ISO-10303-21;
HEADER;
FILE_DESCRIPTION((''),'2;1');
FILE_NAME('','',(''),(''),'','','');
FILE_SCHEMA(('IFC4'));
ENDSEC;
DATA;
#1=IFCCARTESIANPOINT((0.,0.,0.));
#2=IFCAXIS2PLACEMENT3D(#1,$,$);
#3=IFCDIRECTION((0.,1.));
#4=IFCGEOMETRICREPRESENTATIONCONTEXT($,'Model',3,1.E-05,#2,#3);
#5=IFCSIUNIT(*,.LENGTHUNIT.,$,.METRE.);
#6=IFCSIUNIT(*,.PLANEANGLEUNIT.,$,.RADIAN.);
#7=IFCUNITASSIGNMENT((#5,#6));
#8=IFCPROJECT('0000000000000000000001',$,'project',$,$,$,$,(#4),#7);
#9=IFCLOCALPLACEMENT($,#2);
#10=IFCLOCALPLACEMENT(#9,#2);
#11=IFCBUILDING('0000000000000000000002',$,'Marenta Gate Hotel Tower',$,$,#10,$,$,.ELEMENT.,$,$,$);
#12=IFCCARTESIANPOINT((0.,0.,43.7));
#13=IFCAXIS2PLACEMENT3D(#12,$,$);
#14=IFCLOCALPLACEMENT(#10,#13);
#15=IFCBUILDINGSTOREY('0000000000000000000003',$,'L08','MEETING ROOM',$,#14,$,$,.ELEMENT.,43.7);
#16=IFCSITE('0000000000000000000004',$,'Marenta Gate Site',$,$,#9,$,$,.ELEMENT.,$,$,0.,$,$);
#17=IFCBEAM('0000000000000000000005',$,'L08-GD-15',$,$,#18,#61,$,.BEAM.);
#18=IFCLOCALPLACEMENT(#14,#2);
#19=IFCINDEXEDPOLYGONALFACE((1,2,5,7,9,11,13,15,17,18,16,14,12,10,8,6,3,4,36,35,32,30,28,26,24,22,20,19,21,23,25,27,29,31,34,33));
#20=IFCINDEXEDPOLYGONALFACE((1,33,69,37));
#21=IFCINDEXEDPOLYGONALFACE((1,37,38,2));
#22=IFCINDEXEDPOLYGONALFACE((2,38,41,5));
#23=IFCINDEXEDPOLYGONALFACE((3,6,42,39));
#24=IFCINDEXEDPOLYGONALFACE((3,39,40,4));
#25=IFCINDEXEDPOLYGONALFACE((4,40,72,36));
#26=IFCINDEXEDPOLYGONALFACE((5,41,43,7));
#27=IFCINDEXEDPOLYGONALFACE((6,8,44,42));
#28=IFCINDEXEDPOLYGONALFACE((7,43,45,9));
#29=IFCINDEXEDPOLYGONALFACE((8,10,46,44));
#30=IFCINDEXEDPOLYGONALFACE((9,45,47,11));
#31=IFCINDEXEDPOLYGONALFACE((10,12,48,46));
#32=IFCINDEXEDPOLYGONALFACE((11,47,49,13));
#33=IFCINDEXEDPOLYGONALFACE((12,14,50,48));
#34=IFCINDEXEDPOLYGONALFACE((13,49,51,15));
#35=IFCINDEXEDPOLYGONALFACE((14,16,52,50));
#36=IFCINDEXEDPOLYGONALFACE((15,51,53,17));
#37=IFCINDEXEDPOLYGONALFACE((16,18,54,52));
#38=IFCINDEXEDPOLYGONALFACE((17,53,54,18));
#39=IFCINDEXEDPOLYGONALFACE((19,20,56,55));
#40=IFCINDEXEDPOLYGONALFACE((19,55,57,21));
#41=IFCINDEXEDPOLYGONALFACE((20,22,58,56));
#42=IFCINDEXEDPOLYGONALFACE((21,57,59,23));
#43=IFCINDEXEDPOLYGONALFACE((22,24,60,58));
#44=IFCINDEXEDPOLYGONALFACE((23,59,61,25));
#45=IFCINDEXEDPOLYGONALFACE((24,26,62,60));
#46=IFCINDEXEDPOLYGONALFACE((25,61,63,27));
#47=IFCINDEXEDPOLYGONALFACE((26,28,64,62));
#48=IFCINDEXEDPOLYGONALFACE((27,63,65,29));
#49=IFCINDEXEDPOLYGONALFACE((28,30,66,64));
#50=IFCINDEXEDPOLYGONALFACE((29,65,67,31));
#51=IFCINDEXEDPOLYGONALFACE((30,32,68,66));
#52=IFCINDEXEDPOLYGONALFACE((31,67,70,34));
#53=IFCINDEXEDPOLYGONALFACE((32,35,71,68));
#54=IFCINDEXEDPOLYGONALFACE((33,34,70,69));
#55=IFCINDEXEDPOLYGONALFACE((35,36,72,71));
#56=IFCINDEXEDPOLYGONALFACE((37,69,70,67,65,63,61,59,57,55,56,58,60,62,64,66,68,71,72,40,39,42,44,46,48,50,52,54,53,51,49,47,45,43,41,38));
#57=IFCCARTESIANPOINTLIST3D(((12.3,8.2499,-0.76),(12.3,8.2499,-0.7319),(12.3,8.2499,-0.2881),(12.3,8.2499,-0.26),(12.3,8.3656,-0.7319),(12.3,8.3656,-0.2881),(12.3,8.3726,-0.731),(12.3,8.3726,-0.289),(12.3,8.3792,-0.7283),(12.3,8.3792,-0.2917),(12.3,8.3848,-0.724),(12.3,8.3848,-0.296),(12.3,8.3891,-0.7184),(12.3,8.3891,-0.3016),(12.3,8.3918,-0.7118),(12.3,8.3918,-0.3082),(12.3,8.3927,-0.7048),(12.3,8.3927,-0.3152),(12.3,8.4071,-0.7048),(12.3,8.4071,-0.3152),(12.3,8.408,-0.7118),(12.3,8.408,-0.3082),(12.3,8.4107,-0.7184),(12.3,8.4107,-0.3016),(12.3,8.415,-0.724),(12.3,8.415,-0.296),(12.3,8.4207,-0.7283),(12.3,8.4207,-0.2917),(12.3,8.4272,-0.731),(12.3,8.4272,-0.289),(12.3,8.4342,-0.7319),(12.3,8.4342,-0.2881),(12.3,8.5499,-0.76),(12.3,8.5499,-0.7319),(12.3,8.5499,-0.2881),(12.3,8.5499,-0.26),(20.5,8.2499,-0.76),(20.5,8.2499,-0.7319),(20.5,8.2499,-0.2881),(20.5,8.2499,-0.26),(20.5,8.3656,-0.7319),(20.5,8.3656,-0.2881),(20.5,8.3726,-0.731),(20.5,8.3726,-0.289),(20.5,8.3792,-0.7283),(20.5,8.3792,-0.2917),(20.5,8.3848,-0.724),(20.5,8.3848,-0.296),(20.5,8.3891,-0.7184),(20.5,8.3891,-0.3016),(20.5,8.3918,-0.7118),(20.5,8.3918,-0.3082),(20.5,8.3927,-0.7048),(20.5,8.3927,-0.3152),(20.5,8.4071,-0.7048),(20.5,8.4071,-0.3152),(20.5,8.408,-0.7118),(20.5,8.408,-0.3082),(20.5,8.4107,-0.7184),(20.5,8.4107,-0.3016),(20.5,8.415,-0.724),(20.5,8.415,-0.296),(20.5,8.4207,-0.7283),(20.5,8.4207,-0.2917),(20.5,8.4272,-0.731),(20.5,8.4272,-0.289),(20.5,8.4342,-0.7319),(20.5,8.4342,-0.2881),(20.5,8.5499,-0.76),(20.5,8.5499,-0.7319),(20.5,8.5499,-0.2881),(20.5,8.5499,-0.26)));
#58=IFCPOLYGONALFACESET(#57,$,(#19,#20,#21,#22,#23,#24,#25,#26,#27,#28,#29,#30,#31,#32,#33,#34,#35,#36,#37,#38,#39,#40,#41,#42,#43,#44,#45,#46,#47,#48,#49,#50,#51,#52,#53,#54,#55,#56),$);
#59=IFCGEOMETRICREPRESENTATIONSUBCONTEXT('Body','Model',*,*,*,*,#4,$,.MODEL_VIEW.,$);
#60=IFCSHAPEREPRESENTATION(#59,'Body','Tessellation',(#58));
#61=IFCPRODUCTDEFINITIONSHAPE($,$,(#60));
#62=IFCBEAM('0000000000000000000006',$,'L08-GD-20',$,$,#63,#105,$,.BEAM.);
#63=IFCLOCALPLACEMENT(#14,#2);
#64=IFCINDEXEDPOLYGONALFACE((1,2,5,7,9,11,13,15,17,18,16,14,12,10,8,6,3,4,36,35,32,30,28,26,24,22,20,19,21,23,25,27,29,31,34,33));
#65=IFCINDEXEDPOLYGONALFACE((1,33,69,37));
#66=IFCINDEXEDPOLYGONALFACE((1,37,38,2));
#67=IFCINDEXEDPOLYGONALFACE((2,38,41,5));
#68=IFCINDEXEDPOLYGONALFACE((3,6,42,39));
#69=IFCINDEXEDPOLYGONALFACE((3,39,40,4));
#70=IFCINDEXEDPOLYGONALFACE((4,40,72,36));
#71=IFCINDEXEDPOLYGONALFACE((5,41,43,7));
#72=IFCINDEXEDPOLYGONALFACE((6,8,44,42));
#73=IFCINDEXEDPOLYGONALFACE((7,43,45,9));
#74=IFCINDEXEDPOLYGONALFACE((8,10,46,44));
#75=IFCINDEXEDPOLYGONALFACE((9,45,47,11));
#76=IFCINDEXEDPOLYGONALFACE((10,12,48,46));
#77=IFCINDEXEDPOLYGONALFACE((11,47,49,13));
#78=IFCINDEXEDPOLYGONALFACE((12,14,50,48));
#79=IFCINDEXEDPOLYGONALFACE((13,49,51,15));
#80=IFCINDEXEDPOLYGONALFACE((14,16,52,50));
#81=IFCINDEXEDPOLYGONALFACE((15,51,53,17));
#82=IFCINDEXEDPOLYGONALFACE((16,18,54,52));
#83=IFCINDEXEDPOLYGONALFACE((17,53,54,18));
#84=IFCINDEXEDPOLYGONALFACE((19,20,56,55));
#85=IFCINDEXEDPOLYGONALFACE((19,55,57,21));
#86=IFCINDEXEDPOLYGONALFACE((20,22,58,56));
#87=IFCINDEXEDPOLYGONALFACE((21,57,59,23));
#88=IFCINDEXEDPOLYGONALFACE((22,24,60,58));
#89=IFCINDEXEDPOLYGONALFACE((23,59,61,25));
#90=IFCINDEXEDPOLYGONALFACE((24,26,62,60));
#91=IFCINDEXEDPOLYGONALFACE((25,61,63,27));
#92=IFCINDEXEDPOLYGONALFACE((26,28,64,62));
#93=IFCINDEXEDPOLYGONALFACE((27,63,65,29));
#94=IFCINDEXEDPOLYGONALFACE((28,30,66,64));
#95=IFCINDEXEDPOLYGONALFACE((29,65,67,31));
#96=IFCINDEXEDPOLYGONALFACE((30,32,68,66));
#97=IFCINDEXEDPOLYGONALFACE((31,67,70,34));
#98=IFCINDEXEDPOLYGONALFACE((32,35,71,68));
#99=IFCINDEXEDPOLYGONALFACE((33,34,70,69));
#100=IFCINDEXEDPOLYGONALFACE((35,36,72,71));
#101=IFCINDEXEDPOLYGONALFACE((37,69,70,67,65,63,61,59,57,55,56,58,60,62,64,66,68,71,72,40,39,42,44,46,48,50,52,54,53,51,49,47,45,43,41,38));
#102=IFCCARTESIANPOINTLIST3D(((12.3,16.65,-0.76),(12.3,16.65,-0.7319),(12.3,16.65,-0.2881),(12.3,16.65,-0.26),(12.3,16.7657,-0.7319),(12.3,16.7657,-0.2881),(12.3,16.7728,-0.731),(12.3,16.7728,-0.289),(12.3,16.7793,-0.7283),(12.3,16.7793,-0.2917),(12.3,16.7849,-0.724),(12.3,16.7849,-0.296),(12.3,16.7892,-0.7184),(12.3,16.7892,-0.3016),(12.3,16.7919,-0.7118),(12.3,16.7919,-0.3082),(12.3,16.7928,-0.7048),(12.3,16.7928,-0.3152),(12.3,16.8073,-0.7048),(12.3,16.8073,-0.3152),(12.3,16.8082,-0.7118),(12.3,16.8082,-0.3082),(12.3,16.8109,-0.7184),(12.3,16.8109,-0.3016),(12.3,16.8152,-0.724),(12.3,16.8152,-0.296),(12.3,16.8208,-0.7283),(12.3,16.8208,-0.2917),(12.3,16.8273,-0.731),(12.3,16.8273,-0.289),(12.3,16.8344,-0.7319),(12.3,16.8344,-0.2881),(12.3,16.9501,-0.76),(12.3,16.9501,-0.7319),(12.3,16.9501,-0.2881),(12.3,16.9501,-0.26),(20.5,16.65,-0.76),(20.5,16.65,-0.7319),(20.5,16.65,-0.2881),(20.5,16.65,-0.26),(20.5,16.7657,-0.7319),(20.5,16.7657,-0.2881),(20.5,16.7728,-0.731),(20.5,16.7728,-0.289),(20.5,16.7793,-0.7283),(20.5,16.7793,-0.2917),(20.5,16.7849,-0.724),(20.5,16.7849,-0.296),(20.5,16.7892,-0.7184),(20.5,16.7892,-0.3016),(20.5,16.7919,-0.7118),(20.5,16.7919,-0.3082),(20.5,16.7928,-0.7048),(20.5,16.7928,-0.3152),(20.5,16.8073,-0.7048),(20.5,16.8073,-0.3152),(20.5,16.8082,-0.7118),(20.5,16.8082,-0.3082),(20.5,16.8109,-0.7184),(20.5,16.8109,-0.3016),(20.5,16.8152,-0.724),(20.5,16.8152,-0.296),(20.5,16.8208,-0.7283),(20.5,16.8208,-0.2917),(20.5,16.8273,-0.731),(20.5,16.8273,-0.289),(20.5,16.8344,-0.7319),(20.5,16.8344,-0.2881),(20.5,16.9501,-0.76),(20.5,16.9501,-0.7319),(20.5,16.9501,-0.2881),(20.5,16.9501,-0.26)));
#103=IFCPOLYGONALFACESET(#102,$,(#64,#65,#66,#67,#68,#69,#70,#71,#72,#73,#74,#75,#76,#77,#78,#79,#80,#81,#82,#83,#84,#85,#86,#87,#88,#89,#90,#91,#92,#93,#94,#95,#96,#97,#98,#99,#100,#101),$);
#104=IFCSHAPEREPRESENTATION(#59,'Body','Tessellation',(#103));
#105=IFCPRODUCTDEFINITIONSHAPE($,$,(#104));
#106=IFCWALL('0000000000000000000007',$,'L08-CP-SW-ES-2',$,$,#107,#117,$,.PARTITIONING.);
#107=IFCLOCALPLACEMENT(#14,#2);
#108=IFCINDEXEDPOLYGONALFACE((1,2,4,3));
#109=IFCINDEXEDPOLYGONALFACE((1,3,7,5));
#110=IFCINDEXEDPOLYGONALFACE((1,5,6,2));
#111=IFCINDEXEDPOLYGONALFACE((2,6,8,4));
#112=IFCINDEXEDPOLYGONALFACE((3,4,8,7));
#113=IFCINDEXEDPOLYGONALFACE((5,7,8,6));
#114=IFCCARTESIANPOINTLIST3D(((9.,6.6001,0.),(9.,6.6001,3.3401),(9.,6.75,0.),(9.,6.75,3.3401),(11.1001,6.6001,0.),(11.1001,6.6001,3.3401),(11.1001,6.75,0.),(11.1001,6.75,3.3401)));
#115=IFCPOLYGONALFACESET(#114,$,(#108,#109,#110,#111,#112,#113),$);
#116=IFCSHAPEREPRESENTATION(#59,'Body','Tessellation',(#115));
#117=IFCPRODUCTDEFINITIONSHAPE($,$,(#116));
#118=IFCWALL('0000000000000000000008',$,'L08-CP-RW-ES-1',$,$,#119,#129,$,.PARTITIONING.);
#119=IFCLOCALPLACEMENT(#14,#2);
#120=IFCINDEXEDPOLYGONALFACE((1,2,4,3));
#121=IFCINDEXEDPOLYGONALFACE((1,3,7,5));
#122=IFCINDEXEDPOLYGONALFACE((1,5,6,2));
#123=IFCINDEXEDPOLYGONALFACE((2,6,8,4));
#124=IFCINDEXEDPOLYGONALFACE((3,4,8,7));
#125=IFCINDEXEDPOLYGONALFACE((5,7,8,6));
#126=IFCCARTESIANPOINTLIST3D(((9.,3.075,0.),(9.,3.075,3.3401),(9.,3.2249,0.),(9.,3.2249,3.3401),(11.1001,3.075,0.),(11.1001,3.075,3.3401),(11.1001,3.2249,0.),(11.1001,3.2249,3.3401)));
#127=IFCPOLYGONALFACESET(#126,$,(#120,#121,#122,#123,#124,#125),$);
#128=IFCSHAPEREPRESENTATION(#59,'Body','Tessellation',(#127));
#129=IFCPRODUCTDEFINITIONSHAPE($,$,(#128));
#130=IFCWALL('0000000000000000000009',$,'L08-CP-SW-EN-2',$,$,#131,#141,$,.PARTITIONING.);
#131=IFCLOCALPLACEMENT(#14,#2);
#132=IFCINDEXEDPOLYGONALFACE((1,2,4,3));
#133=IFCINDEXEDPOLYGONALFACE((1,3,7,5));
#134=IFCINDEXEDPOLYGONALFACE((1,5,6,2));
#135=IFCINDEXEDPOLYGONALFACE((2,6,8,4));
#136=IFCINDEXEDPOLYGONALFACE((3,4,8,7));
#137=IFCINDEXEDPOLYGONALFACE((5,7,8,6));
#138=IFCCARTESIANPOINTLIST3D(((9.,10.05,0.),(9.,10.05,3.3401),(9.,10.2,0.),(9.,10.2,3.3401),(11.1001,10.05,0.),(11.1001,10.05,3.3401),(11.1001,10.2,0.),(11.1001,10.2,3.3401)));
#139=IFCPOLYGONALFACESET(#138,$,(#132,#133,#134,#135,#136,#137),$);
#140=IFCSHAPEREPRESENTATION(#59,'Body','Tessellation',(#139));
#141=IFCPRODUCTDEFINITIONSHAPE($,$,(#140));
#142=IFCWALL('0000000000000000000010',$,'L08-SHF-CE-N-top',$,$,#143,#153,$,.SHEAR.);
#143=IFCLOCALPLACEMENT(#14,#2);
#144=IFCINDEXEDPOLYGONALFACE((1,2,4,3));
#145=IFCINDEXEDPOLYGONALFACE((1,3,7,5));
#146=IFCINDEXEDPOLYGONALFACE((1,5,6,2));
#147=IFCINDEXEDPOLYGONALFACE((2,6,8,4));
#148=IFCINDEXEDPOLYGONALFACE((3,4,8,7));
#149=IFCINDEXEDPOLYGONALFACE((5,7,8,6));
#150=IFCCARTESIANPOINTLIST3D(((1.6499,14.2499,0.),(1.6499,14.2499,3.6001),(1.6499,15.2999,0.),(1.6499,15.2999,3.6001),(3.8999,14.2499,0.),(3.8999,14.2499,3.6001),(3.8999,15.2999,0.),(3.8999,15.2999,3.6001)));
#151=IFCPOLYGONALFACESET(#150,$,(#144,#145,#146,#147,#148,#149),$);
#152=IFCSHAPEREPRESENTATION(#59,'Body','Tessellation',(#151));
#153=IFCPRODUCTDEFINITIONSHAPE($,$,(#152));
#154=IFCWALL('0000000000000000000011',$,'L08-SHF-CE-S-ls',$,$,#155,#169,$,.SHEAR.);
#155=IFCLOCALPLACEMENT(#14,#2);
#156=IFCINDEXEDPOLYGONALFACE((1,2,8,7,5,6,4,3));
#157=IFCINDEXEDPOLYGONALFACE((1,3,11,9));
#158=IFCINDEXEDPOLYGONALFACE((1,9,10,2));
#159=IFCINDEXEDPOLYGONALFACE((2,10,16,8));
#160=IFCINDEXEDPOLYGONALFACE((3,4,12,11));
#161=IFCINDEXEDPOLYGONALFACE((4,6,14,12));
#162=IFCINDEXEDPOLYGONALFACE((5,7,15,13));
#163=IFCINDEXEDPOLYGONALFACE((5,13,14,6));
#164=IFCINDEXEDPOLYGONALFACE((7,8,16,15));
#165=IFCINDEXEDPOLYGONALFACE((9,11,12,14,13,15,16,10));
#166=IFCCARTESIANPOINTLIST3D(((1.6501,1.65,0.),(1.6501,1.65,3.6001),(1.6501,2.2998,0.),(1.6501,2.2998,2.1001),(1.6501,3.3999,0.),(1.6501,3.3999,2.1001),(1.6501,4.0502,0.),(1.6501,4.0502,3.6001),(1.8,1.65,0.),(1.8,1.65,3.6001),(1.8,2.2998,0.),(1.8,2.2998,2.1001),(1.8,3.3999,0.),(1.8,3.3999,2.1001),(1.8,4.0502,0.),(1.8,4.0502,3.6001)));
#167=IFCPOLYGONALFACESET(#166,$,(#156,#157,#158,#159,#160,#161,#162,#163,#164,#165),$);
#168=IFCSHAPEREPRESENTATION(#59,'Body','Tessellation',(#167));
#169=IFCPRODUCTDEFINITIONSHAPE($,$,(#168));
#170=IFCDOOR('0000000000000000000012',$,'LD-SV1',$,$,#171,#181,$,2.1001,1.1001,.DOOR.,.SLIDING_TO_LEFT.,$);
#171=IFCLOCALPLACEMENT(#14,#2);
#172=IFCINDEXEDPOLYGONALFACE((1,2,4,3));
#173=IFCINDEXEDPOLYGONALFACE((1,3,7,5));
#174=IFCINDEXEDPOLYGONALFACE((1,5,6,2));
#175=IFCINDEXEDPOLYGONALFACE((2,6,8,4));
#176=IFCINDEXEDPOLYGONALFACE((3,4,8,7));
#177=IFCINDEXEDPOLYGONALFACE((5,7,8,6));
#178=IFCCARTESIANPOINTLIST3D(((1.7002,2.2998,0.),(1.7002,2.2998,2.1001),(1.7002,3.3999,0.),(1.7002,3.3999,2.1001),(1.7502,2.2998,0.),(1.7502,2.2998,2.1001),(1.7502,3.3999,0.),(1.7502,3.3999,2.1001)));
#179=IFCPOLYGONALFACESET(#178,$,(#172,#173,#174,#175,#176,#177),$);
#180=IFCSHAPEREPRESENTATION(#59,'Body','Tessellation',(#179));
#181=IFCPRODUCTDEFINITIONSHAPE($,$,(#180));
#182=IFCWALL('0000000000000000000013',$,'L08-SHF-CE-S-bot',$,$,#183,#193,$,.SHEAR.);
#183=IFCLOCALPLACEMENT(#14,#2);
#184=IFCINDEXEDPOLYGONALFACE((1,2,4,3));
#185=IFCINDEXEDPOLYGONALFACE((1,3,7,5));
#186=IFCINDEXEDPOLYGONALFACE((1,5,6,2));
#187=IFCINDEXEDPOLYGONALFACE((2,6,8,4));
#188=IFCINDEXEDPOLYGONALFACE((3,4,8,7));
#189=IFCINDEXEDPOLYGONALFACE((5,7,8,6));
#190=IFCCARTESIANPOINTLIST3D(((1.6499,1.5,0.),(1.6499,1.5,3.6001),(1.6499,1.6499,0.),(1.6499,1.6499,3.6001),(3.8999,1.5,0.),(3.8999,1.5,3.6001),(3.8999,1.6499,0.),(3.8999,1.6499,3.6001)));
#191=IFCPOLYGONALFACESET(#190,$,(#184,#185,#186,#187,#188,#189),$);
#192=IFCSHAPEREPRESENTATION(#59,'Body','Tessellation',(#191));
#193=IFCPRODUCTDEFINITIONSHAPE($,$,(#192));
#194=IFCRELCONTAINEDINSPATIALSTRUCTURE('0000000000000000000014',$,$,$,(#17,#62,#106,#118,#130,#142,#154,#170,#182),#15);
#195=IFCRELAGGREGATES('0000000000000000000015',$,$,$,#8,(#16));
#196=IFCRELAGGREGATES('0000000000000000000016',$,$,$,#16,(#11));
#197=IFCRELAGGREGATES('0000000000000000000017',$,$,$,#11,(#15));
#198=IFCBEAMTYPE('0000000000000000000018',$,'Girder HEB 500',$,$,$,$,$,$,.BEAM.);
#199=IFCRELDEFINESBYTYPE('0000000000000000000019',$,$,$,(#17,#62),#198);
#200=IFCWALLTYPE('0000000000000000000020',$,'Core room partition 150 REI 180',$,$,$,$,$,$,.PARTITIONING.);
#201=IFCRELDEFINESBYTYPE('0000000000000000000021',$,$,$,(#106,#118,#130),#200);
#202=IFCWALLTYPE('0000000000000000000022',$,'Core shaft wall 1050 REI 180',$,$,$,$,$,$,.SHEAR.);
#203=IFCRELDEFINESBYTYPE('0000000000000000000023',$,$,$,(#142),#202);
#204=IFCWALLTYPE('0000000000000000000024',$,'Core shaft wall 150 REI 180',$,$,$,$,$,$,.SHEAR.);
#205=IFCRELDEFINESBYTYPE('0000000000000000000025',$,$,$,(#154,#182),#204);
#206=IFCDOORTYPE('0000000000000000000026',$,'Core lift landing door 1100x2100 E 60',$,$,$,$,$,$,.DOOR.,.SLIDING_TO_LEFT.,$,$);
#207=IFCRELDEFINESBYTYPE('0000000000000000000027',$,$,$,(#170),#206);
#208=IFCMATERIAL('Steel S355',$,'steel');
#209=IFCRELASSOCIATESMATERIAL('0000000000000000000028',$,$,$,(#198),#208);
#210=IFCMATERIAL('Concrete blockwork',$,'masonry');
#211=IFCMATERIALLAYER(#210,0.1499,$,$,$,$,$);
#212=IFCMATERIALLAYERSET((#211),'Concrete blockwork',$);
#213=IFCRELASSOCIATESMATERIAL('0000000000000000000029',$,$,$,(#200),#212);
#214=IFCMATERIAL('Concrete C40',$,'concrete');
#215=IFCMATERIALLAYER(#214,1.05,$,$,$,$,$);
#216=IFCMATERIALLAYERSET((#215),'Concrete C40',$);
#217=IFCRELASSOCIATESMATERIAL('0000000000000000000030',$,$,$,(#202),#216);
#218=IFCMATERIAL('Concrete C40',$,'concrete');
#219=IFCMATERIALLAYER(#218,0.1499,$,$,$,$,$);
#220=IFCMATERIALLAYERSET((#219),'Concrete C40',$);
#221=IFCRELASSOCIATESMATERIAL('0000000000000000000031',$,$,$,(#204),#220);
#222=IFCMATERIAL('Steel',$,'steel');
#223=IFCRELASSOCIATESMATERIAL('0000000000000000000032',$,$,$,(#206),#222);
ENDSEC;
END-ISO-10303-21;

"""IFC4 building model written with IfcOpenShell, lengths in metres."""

from ifc_helpers import new_model, si_unit, direction, frame, frame_2d, origin, origin_2d, place, context, subcontext, project, spatial, rectangle, i_section, extrude, material, layer, layer_set, material_profile, profile_set, type_object, element, fill, save


model = new_model("IFC4")

# Units and contexts
model_context = context("Model", 3, precision=1e-05, world=origin(), true_north=direction((0.0, 1.0)))
body_context = subcontext(model_context, "Body", "Model", "MODEL_VIEW")
ifc_project = project(units=[si_unit("LENGTHUNIT", "METRE"), si_unit("PLANEANGLEUNIT", "RADIAN")], contexts=[model_context])

# Site, building, storey
site_placement = place(None, origin())
site = spatial("IfcSite", under=ifc_project, at=site_placement, Name="Marenta Gate Site", CompositionType="ELEMENT", RefElevation=0.0)
building_placement = place(site_placement, origin())
building = spatial("IfcBuilding", under=site, at=building_placement, Name="Marenta Gate Hotel Tower", CompositionType="ELEMENT")
storey_placement = place(building_placement, frame((0.0, 0.0, 43.7)))
storey = spatial("IfcBuildingStorey", under=building, at=storey_placement, Name="L08", Description="MEETING ROOM", CompositionType="ELEMENT", Elevation=43.7)

# Beams
ifc_material_1 = material(Name="Steel S355", Category="steel")
ifc_material_profile = material_profile(ifc_material_1, i_section(OverallWidth=0.3, OverallDepth=0.5, WebThickness=0.0144, FlangeThickness=0.0281, FilletRadius=0.0271, at=origin_2d()), Name="HEB 500")
ifc_profile_set = profile_set([ifc_material_profile], Name="Steel S355")
beam_type = type_object("IfcBeamType", Name="Girder HEB 500", PredefinedType="BEAM", material=ifc_profile_set)
for number, where, z_axis, x_axis, name in (
    (1, (12.3, 8.3999, -0.51), (1.0, 0.0, 0.0), (0.0, 1.0, 0.0), "L08-GD-15"),
    (2, (12.3, 16.8, -0.51), (1.0, 0.0, 0.0), (0.0, 1.0, 0.0), "L08-GD-20"),
):
    element("IfcBeam", number, at=place(storey_placement, frame(where, z_axis=z_axis, x_axis=x_axis)), inside=storey, type_object=beam_type, Name=name, PredefinedType="BEAM", context=body_context, shape_type="SweptSolid", body=[
        extrude(i_section(OverallWidth=0.3, OverallDepth=0.5, WebThickness=0.0144, FlangeThickness=0.0281, FilletRadius=0.0271, at=origin_2d()), origin(), (0.0, 0.0, 1.0), 8.2),
    ])

# Walls
ifc_material_2 = material(Name="Concrete blockwork", Category="masonry")
ifc_layer_1 = layer(ifc_material_2, 0.1499)
ifc_layer_set_1 = layer_set([ifc_layer_1], Name="Concrete blockwork")
wall_type_1 = type_object("IfcWallType", Name="Core room partition 150 REI 180", PredefinedType="PARTITIONING", material=ifc_layer_set_1)
for number, where, z_axis, x_axis, name in (
    (3, (9.0, 6.675, 0.0), (0.0, 0.0, 1.0), (1.0, 0.0, 0.0), "L08-CP-SW-ES-2"),
    (4, (9.0, 3.1499, 0.0), (0.0, 0.0, 1.0), (1.0, 0.0, 0.0), "L08-CP-RW-ES-1"),
    (5, (9.0, 10.125, 0.0), (0.0, 0.0, 1.0), (1.0, 0.0, 0.0), "L08-CP-SW-EN-2"),
):
    element("IfcWall", number, at=place(storey_placement, frame(where, z_axis=z_axis, x_axis=x_axis)), inside=storey, type_object=wall_type_1, Name=name, PredefinedType="PARTITIONING", context=body_context, shape_type="SweptSolid", body=[
        extrude(rectangle(XDim=2.1001, YDim=0.1499, at=frame_2d((1.05, 0.0))), origin(), (0.0, 0.0, 1.0), 3.3401),
    ])
ifc_material_3 = material(Name="Concrete C40", Category="concrete")
ifc_layer_2 = layer(ifc_material_3, 1.05)
ifc_layer_set_2 = layer_set([ifc_layer_2], Name="Concrete C40")
wall_type_2 = type_object("IfcWallType", Name="Core shaft wall 1050 REI 180", PredefinedType="SHEAR", material=ifc_layer_set_2)
wall_1_placement = place(storey_placement, frame((1.6499, 14.7749, 0.0), z_axis=(0.0, 0.0, 1.0), x_axis=(1.0, 0.0, 0.0)))
element("IfcWall", 6, at=wall_1_placement, inside=storey, type_object=wall_type_2, Name="L08-SHF-CE-N-top", PredefinedType="SHEAR", context=body_context, shape_type="SweptSolid", body=[
    extrude(rectangle(XDim=2.25, YDim=1.05, at=frame_2d((1.125, 0.0))), origin(), (0.0, 0.0, 1.0), 3.6001),
])

# Wall, opening, door
ifc_material_4 = material(Name="Concrete C40", Category="concrete")
ifc_layer_3 = layer(ifc_material_4, 0.1499)
ifc_layer_set_3 = layer_set([ifc_layer_3], Name="Concrete C40")
wall_type_3 = type_object("IfcWallType", Name="Core shaft wall 150 REI 180", PredefinedType="SHEAR", material=ifc_layer_set_3)
wall_2_placement = place(storey_placement, frame((1.7251, 1.6499, 0.0), z_axis=(0.0, 0.0, 1.0), x_axis=(0.0, 1.0, 0.0)))
wall_2 = element("IfcWall", 7, at=wall_2_placement, inside=storey, type_object=wall_type_3, Name="L08-SHF-CE-S-ls", PredefinedType="SHEAR", context=body_context, shape_type="SweptSolid", body=[
    extrude(rectangle(XDim=2.4001, YDim=0.1499, at=frame_2d((1.2002, 0.0))), origin(), (0.0, 0.0, 1.0), 3.6001),
])
opening_1_placement = place(wall_2_placement, frame((0.6499, 0.0, 0.0)))
opening_1 = element("IfcOpeningElement", 8, at=opening_1_placement, cuts=wall_2, PredefinedType="OPENING", context=body_context, shape_type="SweptSolid", body=[
    extrude(rectangle(XDim=1.1001, YDim=2.1001, at=frame_2d((0.55, 1.05))), frame((0.0, 0.075, 0.0), z_axis=(0.0, -1.0, 0.0), x_axis=(1.0, 0.0, 0.0)), (0.0, 0.0, 1.0), 0.1499),
])
ifc_material_5 = material(Name="Steel", Category="steel")
door_type_1 = type_object("IfcDoorType", Name="Core lift landing door 1100x2100 E 60", OperationType="SLIDING_TO_LEFT", PredefinedType="DOOR", material=ifc_material_5)
door_1_placement = place(opening_1_placement, origin())
door_1 = element("IfcDoor", 9, at=door_1_placement, inside=storey, type_object=door_type_1, Name="LD-SV1", OperationType="SLIDING_TO_LEFT", OverallHeight=2.1001, OverallWidth=1.1001, PredefinedType="DOOR", context=body_context, shape_type="SweptSolid", body=[
    extrude(rectangle(XDim=1.1001, YDim=2.1001, at=frame_2d((0.55, 1.05))), frame((0.0, 0.0249, 0.0), z_axis=(0.0, -1.0, 0.0), x_axis=(1.0, 0.0, 0.0)), (0.0, 0.0, 1.0), 0.05),
])
fill(opening_1, door_1)

# Wall
wall_3_placement = place(storey_placement, frame((1.6499, 1.575, 0.0), z_axis=(0.0, 0.0, 1.0), x_axis=(1.0, 0.0, 0.0)))
element("IfcWall", 10, at=wall_3_placement, inside=storey, type_object=wall_type_3, Name="L08-SHF-CE-S-bot", PredefinedType="SHEAR", context=body_context, shape_type="SweptSolid", body=[
    extrude(rectangle(XDim=2.25, YDim=0.1499, at=frame_2d((1.125, 0.0))), origin(), (0.0, 0.0, 1.0), 3.6001),
])

save(model, "model.ifc")
